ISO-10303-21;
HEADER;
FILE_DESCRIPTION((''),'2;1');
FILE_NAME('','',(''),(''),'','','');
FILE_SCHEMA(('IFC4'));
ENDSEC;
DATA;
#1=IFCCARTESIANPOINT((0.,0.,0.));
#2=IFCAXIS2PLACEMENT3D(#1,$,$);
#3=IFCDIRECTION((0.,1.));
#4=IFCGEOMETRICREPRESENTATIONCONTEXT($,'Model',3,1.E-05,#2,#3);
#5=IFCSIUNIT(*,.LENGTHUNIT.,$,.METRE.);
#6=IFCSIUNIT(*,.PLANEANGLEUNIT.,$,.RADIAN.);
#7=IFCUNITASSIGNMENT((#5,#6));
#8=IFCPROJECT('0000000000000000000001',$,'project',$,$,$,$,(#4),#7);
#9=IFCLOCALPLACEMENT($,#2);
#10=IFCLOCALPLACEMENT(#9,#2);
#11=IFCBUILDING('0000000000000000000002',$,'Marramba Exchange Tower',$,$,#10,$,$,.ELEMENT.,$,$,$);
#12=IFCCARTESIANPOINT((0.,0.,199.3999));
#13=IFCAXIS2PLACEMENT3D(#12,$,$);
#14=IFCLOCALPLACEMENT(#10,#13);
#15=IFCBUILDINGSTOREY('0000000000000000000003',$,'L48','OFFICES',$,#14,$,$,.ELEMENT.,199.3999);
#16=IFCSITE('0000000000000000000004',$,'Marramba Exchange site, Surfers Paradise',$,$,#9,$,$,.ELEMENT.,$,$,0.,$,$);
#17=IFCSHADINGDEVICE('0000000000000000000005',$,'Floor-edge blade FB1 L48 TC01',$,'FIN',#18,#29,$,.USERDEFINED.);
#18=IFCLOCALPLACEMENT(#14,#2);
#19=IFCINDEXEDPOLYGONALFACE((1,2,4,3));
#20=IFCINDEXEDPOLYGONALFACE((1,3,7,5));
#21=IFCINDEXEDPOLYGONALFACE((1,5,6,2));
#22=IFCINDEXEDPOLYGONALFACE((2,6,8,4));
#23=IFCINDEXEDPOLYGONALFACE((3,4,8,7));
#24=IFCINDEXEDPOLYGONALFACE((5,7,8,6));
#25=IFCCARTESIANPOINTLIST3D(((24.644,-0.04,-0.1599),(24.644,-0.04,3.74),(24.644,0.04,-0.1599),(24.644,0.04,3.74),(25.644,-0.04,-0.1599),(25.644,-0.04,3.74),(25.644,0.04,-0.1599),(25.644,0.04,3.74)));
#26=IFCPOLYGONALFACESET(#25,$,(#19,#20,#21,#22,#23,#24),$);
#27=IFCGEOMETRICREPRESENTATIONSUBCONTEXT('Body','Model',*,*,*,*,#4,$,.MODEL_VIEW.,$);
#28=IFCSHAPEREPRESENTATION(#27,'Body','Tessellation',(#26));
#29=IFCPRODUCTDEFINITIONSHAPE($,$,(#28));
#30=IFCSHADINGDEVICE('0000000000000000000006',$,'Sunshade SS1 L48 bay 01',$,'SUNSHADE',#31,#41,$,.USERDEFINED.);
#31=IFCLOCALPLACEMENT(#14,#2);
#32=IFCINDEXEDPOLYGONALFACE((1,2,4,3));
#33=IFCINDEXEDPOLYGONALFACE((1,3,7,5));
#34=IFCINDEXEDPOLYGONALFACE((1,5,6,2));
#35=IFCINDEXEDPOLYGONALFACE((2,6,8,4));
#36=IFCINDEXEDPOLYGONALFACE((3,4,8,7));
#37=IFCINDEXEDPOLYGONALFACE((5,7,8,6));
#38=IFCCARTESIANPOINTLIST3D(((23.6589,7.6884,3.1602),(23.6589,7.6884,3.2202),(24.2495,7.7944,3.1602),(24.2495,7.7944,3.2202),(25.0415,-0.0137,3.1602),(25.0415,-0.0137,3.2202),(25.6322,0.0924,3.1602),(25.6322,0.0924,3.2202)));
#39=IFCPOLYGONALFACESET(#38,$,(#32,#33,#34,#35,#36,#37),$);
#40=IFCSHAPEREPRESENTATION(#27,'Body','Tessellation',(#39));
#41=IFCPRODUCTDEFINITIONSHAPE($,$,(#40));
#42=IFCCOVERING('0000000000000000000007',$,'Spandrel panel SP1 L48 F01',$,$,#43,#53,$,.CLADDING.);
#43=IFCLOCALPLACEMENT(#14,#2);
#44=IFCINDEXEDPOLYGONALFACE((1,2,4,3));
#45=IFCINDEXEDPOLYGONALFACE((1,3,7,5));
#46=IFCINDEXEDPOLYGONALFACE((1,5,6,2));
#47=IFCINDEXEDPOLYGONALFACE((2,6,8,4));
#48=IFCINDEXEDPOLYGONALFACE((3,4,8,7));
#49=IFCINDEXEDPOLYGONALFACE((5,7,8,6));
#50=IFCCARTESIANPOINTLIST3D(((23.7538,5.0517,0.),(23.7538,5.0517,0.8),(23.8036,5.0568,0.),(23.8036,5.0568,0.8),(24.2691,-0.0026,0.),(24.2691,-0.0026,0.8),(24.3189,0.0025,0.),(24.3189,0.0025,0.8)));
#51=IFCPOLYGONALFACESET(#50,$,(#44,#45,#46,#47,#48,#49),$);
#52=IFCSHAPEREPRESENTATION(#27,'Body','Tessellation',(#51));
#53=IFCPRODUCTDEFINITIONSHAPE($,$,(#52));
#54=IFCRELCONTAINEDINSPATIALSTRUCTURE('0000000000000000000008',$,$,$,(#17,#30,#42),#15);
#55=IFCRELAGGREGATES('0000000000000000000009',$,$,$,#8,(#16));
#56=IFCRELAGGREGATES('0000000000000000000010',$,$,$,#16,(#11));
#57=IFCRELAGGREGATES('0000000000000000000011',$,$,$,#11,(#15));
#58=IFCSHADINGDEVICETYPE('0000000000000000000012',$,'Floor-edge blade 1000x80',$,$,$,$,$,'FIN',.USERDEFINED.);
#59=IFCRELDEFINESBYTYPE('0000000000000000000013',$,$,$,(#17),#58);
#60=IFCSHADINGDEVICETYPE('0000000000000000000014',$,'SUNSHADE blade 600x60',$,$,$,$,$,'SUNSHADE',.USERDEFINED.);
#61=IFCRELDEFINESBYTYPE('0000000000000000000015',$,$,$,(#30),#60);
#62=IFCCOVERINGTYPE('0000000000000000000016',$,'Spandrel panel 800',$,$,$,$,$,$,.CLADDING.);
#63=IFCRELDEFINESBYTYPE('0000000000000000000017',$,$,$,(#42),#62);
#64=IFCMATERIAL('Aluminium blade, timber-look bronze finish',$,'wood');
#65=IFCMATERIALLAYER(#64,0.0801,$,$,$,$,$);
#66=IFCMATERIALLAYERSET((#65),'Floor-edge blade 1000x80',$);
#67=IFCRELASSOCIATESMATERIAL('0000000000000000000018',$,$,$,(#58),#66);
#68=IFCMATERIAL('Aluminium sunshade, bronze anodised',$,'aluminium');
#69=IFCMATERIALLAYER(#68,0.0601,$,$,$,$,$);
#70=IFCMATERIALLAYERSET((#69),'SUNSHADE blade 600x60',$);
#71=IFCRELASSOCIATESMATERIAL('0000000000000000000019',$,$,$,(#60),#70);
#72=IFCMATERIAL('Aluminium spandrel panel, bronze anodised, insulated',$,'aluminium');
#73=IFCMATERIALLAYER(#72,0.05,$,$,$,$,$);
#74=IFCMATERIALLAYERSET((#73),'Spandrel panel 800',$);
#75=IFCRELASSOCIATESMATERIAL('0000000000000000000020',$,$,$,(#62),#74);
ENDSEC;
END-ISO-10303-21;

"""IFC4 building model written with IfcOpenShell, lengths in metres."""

from ifc_helpers import new_model, si_unit, direction, frame, origin, origin_2d, place, context, subcontext, project, spatial, rectangle, extrude, material, layer, layer_set, type_object, element, save


model = new_model("IFC4")

# Units and contexts
model_context = context("Model", 3, precision=1e-05, world=origin(), true_north=direction((0.0, 1.0)))
body_context = subcontext(model_context, "Body", "Model", "MODEL_VIEW")
ifc_project = project(units=[si_unit("LENGTHUNIT", "METRE"), si_unit("PLANEANGLEUNIT", "RADIAN")], contexts=[model_context])

# Site, building, storey
site_placement = place(None, origin())
site = spatial("IfcSite", under=ifc_project, at=site_placement, Name="Marramba Exchange site, Surfers Paradise", CompositionType="ELEMENT", RefElevation=0.0)
building_placement = place(site_placement, origin())
building = spatial("IfcBuilding", under=site, at=building_placement, Name="Marramba Exchange Tower", CompositionType="ELEMENT")
storey_placement = place(building_placement, frame((0.0, 0.0, 199.3999)))
storey = spatial("IfcBuildingStorey", under=building, at=storey_placement, Name="L48", Description="OFFICES", CompositionType="ELEMENT", Elevation=199.3999)

# Shading devices
ifc_material_1 = material(Name="Aluminium blade, timber-look bronze finish", Category="wood")
ifc_layer_1 = layer(ifc_material_1, 0.0801)
ifc_layer_set_1 = layer_set([ifc_layer_1], Name="Floor-edge blade 1000x80")
shading_device_type_1 = type_object("IfcShadingDeviceType", Name="Floor-edge blade 1000x80", ElementType="FIN", PredefinedType="USERDEFINED", material=ifc_layer_set_1)
shading_device_1_placement = place(storey_placement, frame((25.144, 0.0, -0.1599), z_axis=(0.0, 0.0, 1.0), x_axis=(1.0, 0.0, 0.0)))
element("IfcShadingDevice", 1, at=shading_device_1_placement, inside=storey, type_object=shading_device_type_1, Name="Floor-edge blade FB1 L48 TC01", ObjectType="FIN", PredefinedType="USERDEFINED", context=body_context, shape_type="SweptSolid", body=[
    extrude(rectangle(XDim=1.0, YDim=0.0801, at=origin_2d()), origin(), (0.0, 0.0, 1.0), 3.8999),
])
ifc_material_2 = material(Name="Aluminium sunshade, bronze anodised", Category="aluminium")
ifc_layer_2 = layer(ifc_material_2, 0.0601)
ifc_layer_set_2 = layer_set([ifc_layer_2], Name="SUNSHADE blade 600x60")
shading_device_type_2 = type_object("IfcShadingDeviceType", Name="SUNSHADE blade 600x60", ElementType="SUNSHADE", PredefinedType="USERDEFINED", material=ifc_layer_set_2)
shading_device_2_placement = place(storey_placement, frame((24.6455, 3.8904, 3.1602), z_axis=(0.0, 0.0, 1.0), x_axis=(-0.176691, 0.984266, 0.0)))
element("IfcShadingDevice", 2, at=shading_device_2_placement, inside=storey, type_object=shading_device_type_2, Name="Sunshade SS1 L48 bay 01", ObjectType="SUNSHADE", PredefinedType="USERDEFINED", context=body_context, shape_type="SweptSolid", body=[
    extrude(rectangle(XDim=7.8252, YDim=0.6001, at=origin_2d()), origin(), (0.0, 0.0, 1.0), 0.0601),
])

# Covering
ifc_material_3 = material(Name="Aluminium spandrel panel, bronze anodised, insulated", Category="aluminium")
ifc_layer_3 = layer(ifc_material_3, 0.05)
ifc_layer_set_3 = layer_set([ifc_layer_3], Name="Spandrel panel 800")
covering_type = type_object("IfcCoveringType", Name="Spandrel panel 800", PredefinedType="CLADDING", material=ifc_layer_set_3)
covering_placement = place(storey_placement, frame((24.0364, 2.5271, 0.0), z_axis=(0.0, 0.0, 1.0), x_axis=(-0.101422, 0.994843, 0.0)))
element("IfcCovering", 3, at=covering_placement, inside=storey, type_object=covering_type, Name="Spandrel panel SP1 L48 F01", PredefinedType="CLADDING", context=body_context, shape_type="SweptSolid", body=[
    extrude(rectangle(XDim=5.0806, YDim=0.05, at=origin_2d()), origin(), (0.0, 0.0, 1.0), 0.8),
])

save(model, "model.ifc")
